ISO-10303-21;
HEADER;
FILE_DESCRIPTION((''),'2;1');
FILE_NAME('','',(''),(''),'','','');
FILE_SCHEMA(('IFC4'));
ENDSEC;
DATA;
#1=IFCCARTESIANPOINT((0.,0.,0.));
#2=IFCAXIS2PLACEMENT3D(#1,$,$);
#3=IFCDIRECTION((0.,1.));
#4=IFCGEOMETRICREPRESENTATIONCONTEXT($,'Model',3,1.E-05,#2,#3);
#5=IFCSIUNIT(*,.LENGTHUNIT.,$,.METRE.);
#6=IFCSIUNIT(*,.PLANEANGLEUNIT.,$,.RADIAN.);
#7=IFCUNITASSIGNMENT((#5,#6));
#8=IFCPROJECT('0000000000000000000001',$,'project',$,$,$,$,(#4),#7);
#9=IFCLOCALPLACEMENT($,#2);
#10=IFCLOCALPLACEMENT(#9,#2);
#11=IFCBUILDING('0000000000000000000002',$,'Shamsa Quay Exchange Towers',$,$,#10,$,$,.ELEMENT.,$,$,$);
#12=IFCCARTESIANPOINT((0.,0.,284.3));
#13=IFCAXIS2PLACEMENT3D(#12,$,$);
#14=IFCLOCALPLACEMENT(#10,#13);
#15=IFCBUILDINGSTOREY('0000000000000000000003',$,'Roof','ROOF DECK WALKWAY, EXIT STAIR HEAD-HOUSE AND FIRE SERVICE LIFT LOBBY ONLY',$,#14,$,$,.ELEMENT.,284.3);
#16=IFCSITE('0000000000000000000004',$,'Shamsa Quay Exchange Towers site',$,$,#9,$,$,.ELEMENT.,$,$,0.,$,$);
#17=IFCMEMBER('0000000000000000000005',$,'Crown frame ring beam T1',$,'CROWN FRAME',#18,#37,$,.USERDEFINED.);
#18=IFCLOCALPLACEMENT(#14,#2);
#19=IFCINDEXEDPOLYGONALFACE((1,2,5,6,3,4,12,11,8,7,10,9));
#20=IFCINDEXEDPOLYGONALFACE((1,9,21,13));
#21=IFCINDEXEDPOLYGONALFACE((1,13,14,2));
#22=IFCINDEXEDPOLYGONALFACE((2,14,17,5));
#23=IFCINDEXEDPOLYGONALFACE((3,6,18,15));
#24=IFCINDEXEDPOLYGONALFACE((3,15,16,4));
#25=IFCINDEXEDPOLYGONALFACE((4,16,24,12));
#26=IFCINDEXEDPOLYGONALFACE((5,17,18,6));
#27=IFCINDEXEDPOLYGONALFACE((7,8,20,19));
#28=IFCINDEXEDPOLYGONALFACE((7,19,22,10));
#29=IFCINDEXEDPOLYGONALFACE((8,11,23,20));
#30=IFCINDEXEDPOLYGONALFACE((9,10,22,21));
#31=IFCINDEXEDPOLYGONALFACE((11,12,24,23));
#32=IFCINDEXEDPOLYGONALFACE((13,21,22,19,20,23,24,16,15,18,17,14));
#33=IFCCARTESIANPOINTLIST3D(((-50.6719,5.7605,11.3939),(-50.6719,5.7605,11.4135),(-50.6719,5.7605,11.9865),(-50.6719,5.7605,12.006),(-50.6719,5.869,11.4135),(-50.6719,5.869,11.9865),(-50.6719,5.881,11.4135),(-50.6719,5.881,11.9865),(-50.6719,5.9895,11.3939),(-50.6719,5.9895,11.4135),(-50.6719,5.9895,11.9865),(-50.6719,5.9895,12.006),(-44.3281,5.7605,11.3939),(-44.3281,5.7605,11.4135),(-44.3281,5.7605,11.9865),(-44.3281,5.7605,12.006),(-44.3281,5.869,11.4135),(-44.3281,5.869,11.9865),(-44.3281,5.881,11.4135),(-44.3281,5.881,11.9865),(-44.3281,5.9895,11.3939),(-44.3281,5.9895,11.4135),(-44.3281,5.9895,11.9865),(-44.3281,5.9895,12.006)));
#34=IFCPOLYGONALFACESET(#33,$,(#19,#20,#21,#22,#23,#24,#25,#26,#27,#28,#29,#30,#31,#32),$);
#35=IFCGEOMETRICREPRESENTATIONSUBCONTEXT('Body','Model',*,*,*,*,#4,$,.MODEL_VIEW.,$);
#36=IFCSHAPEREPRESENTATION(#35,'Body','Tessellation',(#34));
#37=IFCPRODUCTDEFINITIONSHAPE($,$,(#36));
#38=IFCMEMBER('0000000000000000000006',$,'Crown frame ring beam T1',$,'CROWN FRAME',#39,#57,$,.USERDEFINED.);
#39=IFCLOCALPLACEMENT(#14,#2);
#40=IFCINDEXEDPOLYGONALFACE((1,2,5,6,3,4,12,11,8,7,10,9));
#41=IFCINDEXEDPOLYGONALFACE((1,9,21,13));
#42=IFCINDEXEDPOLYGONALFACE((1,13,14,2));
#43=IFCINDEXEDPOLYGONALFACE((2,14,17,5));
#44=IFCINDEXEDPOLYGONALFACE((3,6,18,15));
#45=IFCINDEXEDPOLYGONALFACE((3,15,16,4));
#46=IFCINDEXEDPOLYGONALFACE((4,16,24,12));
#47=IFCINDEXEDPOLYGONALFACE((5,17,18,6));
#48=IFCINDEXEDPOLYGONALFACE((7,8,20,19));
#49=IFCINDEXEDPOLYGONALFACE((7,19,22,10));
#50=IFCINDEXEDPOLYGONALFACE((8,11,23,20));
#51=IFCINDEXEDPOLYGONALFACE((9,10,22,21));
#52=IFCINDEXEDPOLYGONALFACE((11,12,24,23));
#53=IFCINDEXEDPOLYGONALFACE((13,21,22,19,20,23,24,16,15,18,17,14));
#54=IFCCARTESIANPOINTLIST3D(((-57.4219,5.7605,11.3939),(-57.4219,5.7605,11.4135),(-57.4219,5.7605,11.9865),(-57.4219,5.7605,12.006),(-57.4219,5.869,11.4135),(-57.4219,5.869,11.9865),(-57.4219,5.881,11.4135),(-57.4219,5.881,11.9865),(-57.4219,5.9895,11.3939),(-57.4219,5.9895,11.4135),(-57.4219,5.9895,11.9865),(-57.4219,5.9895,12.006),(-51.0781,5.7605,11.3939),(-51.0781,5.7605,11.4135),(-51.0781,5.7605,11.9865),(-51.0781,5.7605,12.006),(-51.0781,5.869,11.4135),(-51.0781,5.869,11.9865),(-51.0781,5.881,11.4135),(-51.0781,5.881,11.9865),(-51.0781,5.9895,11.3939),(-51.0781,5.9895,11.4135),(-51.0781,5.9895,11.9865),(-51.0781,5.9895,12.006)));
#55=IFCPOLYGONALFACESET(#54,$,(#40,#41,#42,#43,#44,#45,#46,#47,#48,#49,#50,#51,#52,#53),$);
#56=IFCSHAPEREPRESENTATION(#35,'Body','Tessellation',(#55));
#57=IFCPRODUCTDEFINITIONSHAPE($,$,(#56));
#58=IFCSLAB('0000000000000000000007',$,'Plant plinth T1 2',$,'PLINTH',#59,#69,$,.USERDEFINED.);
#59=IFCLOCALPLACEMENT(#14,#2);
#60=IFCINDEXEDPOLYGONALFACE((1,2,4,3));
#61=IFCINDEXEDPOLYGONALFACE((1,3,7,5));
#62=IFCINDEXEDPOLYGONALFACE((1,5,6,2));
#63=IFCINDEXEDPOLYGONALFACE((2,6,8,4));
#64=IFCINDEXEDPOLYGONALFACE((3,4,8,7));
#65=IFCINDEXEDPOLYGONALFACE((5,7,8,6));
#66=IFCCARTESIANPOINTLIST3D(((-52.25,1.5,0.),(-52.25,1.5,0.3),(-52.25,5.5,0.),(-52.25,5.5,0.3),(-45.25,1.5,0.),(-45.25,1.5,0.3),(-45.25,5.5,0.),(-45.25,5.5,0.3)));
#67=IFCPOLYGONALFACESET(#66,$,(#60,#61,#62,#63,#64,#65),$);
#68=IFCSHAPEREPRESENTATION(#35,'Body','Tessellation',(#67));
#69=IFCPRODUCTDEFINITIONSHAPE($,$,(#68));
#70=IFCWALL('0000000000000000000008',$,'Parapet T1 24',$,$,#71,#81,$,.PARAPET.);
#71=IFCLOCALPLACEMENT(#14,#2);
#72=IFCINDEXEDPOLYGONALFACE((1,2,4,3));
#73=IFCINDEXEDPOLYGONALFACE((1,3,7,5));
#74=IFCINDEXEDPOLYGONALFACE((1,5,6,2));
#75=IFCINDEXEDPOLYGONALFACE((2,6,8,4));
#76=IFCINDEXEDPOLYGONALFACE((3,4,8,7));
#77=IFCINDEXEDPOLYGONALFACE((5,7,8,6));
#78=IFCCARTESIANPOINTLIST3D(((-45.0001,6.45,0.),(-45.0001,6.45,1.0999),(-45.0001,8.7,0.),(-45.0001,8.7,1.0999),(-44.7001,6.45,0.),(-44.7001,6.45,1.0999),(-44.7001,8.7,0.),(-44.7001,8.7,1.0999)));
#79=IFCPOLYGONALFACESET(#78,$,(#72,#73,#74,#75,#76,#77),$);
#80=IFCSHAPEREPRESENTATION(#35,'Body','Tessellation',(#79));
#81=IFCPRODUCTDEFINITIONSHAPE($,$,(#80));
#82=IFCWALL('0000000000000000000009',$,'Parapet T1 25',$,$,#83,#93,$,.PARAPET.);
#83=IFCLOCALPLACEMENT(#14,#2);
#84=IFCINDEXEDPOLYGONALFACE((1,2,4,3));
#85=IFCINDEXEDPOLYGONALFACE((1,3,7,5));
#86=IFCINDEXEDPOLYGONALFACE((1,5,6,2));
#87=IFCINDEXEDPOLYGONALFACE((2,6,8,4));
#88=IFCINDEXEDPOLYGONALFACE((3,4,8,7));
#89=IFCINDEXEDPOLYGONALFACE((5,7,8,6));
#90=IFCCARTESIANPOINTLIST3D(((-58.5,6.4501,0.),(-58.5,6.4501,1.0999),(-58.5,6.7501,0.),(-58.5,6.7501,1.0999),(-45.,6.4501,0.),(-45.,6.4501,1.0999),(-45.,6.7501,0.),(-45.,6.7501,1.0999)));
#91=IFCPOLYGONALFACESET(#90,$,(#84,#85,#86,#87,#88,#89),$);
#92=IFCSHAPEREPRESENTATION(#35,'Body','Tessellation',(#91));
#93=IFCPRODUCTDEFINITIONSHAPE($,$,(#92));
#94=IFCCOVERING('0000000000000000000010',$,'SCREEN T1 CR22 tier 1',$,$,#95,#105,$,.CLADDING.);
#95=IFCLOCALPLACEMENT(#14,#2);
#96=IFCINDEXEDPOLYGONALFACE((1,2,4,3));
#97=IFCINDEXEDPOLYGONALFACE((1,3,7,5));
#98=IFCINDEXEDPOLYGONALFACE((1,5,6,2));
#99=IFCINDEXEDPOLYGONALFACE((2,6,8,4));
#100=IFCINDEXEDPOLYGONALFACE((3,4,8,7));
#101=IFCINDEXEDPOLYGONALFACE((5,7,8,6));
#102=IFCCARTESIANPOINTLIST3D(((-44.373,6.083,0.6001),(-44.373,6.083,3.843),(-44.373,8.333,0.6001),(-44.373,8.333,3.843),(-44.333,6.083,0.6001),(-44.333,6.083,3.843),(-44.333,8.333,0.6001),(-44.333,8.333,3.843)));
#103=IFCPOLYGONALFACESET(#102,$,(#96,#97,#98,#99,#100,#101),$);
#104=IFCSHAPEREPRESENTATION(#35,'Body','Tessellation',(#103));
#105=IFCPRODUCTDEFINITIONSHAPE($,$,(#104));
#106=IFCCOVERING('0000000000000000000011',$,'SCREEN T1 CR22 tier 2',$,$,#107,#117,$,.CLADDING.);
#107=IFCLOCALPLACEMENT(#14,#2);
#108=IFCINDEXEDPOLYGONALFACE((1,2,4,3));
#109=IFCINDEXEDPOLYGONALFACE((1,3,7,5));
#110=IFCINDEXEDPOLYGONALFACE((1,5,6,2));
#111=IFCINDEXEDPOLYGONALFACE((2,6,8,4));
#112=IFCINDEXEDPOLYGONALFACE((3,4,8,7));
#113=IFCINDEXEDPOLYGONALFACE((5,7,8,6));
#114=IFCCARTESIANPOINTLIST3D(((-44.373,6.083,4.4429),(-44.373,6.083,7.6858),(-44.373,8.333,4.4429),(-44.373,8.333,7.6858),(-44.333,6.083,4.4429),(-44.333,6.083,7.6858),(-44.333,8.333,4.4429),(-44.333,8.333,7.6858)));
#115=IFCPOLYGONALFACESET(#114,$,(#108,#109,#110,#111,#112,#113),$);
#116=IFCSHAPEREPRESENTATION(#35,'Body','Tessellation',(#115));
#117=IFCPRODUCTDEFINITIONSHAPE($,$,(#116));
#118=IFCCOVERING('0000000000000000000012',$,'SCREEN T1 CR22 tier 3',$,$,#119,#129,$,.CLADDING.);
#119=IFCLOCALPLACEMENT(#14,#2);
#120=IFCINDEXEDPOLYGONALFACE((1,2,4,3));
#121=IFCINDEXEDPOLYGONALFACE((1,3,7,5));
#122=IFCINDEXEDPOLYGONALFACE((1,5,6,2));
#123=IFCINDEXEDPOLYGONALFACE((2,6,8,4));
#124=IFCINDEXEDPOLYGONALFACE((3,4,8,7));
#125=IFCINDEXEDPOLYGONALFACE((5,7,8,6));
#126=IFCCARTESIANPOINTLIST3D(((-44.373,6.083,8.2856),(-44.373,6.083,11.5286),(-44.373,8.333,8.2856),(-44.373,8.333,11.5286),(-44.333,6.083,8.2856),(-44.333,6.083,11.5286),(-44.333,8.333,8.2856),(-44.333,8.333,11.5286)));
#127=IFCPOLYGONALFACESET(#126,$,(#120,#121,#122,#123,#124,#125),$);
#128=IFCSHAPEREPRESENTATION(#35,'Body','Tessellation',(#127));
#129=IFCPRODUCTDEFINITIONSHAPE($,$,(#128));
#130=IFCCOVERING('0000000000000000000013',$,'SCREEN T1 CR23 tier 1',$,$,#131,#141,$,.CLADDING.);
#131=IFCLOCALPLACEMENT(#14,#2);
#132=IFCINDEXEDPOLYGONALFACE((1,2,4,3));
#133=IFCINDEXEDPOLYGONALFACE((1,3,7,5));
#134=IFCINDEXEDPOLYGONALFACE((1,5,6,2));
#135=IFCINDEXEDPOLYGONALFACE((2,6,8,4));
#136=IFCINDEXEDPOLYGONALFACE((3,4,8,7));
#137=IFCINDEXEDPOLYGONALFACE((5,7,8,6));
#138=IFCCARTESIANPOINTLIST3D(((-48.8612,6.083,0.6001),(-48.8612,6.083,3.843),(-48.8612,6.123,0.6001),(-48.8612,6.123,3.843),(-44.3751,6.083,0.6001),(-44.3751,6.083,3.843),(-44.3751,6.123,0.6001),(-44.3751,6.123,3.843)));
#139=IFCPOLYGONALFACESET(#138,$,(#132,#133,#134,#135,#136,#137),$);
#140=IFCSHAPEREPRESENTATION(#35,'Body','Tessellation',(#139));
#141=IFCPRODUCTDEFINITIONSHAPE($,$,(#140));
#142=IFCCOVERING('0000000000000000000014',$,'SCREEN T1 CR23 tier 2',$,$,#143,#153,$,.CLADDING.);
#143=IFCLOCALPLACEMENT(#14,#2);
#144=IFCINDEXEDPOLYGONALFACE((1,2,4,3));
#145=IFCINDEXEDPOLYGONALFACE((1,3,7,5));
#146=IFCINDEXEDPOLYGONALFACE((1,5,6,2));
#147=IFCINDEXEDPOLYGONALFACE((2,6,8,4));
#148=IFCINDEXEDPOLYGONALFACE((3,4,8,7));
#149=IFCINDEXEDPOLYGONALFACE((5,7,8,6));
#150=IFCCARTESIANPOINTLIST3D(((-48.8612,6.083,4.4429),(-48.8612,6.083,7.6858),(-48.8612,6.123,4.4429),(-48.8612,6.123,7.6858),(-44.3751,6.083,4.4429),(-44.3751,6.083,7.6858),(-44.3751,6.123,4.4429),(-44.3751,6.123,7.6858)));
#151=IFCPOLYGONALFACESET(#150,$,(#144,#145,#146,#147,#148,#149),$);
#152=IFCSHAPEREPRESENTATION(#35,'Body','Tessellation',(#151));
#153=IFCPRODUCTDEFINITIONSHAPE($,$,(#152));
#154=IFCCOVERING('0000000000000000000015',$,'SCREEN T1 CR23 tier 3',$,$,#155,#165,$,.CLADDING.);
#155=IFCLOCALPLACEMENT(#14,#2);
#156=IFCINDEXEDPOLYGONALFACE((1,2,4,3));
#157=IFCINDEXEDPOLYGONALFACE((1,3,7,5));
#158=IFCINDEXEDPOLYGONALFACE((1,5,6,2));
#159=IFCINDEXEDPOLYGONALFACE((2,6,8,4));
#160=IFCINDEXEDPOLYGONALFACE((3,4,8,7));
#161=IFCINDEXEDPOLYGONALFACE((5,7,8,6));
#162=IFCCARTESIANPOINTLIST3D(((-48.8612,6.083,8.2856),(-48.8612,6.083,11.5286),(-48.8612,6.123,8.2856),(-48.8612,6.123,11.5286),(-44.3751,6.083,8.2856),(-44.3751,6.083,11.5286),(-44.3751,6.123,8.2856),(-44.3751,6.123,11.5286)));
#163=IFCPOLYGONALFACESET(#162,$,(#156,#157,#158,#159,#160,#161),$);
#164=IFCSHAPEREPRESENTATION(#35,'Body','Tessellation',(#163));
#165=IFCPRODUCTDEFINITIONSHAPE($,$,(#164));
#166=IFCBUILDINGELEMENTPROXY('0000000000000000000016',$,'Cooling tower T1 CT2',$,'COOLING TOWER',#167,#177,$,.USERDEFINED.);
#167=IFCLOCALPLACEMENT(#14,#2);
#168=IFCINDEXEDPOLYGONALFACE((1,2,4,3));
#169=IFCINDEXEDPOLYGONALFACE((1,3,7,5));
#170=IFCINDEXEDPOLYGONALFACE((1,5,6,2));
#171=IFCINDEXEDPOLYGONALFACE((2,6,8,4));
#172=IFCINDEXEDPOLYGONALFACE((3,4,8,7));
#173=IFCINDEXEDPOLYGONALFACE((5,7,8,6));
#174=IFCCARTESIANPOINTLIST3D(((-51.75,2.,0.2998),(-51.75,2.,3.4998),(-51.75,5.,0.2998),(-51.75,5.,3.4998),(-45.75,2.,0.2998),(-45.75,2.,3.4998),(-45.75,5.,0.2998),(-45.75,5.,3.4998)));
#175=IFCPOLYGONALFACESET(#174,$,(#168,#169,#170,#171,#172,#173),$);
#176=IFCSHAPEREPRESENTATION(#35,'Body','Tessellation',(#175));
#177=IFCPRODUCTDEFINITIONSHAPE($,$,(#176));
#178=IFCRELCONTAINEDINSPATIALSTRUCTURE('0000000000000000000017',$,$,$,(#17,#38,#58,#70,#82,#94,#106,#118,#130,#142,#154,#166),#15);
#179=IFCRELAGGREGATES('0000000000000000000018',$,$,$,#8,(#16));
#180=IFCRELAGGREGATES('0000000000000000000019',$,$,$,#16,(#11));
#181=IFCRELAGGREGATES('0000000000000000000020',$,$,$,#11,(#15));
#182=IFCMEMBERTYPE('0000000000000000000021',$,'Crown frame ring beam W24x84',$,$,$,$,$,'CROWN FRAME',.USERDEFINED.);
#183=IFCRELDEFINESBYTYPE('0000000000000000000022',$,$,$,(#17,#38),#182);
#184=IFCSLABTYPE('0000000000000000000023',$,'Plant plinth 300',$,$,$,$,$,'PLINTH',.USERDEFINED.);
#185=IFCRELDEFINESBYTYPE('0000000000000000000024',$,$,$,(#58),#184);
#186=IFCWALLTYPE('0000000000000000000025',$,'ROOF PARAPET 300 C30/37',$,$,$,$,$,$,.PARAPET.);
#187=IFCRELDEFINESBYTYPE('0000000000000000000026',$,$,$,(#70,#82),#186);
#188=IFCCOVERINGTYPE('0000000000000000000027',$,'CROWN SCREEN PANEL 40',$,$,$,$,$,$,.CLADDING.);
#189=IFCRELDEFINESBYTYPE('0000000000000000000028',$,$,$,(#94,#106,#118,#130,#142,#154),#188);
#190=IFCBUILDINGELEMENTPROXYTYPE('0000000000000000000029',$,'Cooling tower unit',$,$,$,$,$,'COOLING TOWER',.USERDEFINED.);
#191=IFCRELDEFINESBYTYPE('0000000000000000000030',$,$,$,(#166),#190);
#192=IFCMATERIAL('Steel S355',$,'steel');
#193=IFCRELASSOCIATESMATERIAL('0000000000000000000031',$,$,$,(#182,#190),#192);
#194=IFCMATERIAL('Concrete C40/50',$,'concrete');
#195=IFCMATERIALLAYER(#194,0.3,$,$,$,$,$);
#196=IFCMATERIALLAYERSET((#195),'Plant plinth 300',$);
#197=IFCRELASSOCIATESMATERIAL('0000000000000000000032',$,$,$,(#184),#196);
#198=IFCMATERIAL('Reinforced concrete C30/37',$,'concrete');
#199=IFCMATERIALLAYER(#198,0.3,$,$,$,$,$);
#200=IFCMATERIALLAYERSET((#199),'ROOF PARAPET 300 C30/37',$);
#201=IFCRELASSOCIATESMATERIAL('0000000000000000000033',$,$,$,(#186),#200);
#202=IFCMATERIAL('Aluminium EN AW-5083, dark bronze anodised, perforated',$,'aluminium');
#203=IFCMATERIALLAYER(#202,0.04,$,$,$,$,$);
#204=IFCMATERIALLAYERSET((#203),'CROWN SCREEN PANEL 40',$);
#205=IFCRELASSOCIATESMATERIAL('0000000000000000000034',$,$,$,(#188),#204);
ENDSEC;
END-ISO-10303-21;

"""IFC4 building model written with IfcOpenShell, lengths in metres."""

from ifc_helpers import new_model, si_unit, direction, frame, frame_2d, origin, origin_2d, place, context, subcontext, project, spatial, rectangle, i_section, extrude, material, layer, layer_set, material_profile, profile_set, type_object, element, save


model = new_model("IFC4")

# Units and contexts
model_context = context("Model", 3, precision=1e-05, world=origin(), true_north=direction((0.0, 1.0)))
body_context = subcontext(model_context, "Body", "Model", "MODEL_VIEW")
ifc_project = project(units=[si_unit("LENGTHUNIT", "METRE"), si_unit("PLANEANGLEUNIT", "RADIAN")], contexts=[model_context])

# Site, building, storey
site_placement = place(None, origin())
site = spatial("IfcSite", under=ifc_project, at=site_placement, Name="Shamsa Quay Exchange Towers site", CompositionType="ELEMENT", RefElevation=0.0)
building_placement = place(site_placement, origin())
building = spatial("IfcBuilding", under=site, at=building_placement, Name="Shamsa Quay Exchange Towers", CompositionType="ELEMENT")
storey_placement = place(building_placement, frame((0.0, 0.0, 284.3)))
storey = spatial("IfcBuildingStorey", under=building, at=storey_placement, Name="Roof", Description="ROOF DECK WALKWAY, EXIT STAIR HEAD-HOUSE AND FIRE SERVICE LIFT LOBBY ONLY", CompositionType="ELEMENT", Elevation=284.3)

# Members
ifc_material_1 = material(Name="Steel S355", Category="steel")
ifc_material_profile_1 = material_profile(ifc_material_1, i_section(OverallWidth=0.229, OverallDepth=0.6121, WebThickness=0.012, FlangeThickness=0.0195, at=origin_2d()), Name="W24x84")
ifc_profile_set_1 = profile_set([ifc_material_profile_1], Name="Steel S355")
member_type_1 = type_object("IfcMemberType", Name="Crown frame ring beam W24x84", ElementType="CROWN FRAME", PredefinedType="USERDEFINED", material=ifc_profile_set_1)
for number, where, z_axis, x_axis, name in (
    (1, (-44.3281, 5.875, 11.7), (-1.0, 0.0, 0.0), (0.0, -1.0, 0.0), "Crown frame ring beam T1"),
    (2, (-51.0781, 5.875, 11.7), (-1.0, 0.0, 0.0), (0.0, -1.0, 0.0), "Crown frame ring beam T1"),
):
    element("IfcMember", number, at=place(storey_placement, frame(where, z_axis=z_axis, x_axis=x_axis)), inside=storey, type_object=member_type_1, Name=name, ObjectType="CROWN FRAME", PredefinedType="USERDEFINED", context=body_context, shape_type="SweptSolid", body=[
        extrude(i_section(OverallWidth=0.229, OverallDepth=0.6121, WebThickness=0.012, FlangeThickness=0.0195, at=origin_2d()), origin(), (0.0, 0.0, 1.0), 6.3438),
    ])

# Slab
ifc_material_2 = material(Name="Concrete C40/50", Category="concrete")
ifc_layer_1 = layer(ifc_material_2, 0.3)
ifc_layer_set_1 = layer_set([ifc_layer_1], Name="Plant plinth 300")
slab_type = type_object("IfcSlabType", Name="Plant plinth 300", ElementType="PLINTH", PredefinedType="USERDEFINED", material=ifc_layer_set_1)
slab_placement = place(storey_placement, frame((-48.75, 3.5, 0.0)))
element("IfcSlab", 3, at=slab_placement, inside=storey, type_object=slab_type, Name="Plant plinth T1 2", ObjectType="PLINTH", PredefinedType="USERDEFINED", context=body_context, shape_type="SweptSolid", body=[
    extrude(rectangle(XDim=7.0, YDim=4.0, at=origin_2d()), origin(), (0.0, 0.0, 1.0), 0.3),
])

# Walls
ifc_material_3 = material(Name="Reinforced concrete C30/37", Category="concrete")
ifc_layer_2 = layer(ifc_material_3, 0.3)
ifc_layer_set_2 = layer_set([ifc_layer_2], Name="ROOF PARAPET 300 C30/37")
wall_type = type_object("IfcWallType", Name="ROOF PARAPET 300 C30/37", PredefinedType="PARAPET", material=ifc_layer_set_2)
wall_1_placement = place(storey_placement, frame((-44.8501, 8.7, 0.0), z_axis=(0.0, 0.0, 1.0), x_axis=(0.0, -1.0, 0.0)))
element("IfcWall", 4, at=wall_1_placement, inside=storey, type_object=wall_type, Name="Parapet T1 24", PredefinedType="PARAPET", context=body_context, shape_type="SweptSolid", body=[
    extrude(rectangle(XDim=2.25, YDim=0.3, at=frame_2d((1.125, 0.0))), origin(), (0.0, 0.0, 1.0), 1.0999),
])
wall_2_placement = place(storey_placement, frame((-45.0, 6.6001, 0.0), z_axis=(0.0, 0.0, 1.0), x_axis=(-1.0, 0.0, 0.0)))
element("IfcWall", 5, at=wall_2_placement, inside=storey, type_object=wall_type, Name="Parapet T1 25", PredefinedType="PARAPET", context=body_context, shape_type="SweptSolid", body=[
    extrude(rectangle(XDim=13.5, YDim=0.3, at=frame_2d((6.75, 0.0))), origin(), (0.0, 0.0, 1.0), 1.0999),
])

# Coverings
ifc_material_4 = material(Name="Aluminium EN AW-5083, dark bronze anodised, perforated", Category="aluminium")
ifc_layer_3 = layer(ifc_material_4, 0.04)
ifc_layer_set_3 = layer_set([ifc_layer_3], Name="CROWN SCREEN PANEL 40")
covering_type = type_object("IfcCoveringType", Name="CROWN SCREEN PANEL 40", PredefinedType="CLADDING", material=ifc_layer_set_3)
for number, where, z_axis, x_axis, name in (
    (6, (-44.353, 7.208, 0.6001), (0.0, 0.0, 1.0), (0.0, -1.0, 0.0), "SCREEN T1 CR22 tier 1"),
    (7, (-44.353, 7.208, 4.4429), (0.0, 0.0, 1.0), (0.0, -1.0, 0.0), "SCREEN T1 CR22 tier 2"),
    (8, (-44.353, 7.208, 8.2856), (0.0, 0.0, 1.0), (0.0, -1.0, 0.0), "SCREEN T1 CR22 tier 3"),
):
    element("IfcCovering", number, at=place(storey_placement, frame(where, z_axis=z_axis, x_axis=x_axis)), inside=storey, type_object=covering_type, Name=name, PredefinedType="CLADDING", context=body_context, shape_type="SweptSolid", body=[
        extrude(rectangle(XDim=2.25, YDim=0.04, at=origin_2d()), origin(), (0.0, 0.0, 1.0), 3.2429),
    ])
for number, where, z_axis, x_axis, name in (
    (9, (-46.6182, 6.103, 0.6001), (0.0, 0.0, 1.0), (-1.0, 0.0, 0.0), "SCREEN T1 CR23 tier 1"),
    (10, (-46.6182, 6.103, 4.4429), (0.0, 0.0, 1.0), (-1.0, 0.0, 0.0), "SCREEN T1 CR23 tier 2"),
    (11, (-46.6182, 6.103, 8.2856), (0.0, 0.0, 1.0), (-1.0, 0.0, 0.0), "SCREEN T1 CR23 tier 3"),
):
    element("IfcCovering", number, at=place(storey_placement, frame(where, z_axis=z_axis, x_axis=x_axis)), inside=storey, type_object=covering_type, Name=name, PredefinedType="CLADDING", context=body_context, shape_type="SweptSolid", body=[
        extrude(rectangle(XDim=4.4861, YDim=0.04, at=origin_2d()), origin(), (0.0, 0.0, 1.0), 3.2429),
    ])

# Building element proxy
building_element_proxy_type = type_object("IfcBuildingElementProxyType", Name="Cooling tower unit", ElementType="COOLING TOWER", PredefinedType="USERDEFINED", material=ifc_material_1)
proxy_placement = place(storey_placement, frame((-48.75, 3.5, 0.2998)))
element("IfcBuildingElementProxy", 12, at=proxy_placement, inside=storey, type_object=building_element_proxy_type, Name="Cooling tower T1 CT2", ObjectType="COOLING TOWER", PredefinedType="USERDEFINED", context=body_context, shape_type="SweptSolid", body=[
    extrude(rectangle(XDim=6.0, YDim=3.0, at=origin_2d()), origin(), (0.0, 0.0, 1.0), 3.2),
])

save(model, "model.ifc")
